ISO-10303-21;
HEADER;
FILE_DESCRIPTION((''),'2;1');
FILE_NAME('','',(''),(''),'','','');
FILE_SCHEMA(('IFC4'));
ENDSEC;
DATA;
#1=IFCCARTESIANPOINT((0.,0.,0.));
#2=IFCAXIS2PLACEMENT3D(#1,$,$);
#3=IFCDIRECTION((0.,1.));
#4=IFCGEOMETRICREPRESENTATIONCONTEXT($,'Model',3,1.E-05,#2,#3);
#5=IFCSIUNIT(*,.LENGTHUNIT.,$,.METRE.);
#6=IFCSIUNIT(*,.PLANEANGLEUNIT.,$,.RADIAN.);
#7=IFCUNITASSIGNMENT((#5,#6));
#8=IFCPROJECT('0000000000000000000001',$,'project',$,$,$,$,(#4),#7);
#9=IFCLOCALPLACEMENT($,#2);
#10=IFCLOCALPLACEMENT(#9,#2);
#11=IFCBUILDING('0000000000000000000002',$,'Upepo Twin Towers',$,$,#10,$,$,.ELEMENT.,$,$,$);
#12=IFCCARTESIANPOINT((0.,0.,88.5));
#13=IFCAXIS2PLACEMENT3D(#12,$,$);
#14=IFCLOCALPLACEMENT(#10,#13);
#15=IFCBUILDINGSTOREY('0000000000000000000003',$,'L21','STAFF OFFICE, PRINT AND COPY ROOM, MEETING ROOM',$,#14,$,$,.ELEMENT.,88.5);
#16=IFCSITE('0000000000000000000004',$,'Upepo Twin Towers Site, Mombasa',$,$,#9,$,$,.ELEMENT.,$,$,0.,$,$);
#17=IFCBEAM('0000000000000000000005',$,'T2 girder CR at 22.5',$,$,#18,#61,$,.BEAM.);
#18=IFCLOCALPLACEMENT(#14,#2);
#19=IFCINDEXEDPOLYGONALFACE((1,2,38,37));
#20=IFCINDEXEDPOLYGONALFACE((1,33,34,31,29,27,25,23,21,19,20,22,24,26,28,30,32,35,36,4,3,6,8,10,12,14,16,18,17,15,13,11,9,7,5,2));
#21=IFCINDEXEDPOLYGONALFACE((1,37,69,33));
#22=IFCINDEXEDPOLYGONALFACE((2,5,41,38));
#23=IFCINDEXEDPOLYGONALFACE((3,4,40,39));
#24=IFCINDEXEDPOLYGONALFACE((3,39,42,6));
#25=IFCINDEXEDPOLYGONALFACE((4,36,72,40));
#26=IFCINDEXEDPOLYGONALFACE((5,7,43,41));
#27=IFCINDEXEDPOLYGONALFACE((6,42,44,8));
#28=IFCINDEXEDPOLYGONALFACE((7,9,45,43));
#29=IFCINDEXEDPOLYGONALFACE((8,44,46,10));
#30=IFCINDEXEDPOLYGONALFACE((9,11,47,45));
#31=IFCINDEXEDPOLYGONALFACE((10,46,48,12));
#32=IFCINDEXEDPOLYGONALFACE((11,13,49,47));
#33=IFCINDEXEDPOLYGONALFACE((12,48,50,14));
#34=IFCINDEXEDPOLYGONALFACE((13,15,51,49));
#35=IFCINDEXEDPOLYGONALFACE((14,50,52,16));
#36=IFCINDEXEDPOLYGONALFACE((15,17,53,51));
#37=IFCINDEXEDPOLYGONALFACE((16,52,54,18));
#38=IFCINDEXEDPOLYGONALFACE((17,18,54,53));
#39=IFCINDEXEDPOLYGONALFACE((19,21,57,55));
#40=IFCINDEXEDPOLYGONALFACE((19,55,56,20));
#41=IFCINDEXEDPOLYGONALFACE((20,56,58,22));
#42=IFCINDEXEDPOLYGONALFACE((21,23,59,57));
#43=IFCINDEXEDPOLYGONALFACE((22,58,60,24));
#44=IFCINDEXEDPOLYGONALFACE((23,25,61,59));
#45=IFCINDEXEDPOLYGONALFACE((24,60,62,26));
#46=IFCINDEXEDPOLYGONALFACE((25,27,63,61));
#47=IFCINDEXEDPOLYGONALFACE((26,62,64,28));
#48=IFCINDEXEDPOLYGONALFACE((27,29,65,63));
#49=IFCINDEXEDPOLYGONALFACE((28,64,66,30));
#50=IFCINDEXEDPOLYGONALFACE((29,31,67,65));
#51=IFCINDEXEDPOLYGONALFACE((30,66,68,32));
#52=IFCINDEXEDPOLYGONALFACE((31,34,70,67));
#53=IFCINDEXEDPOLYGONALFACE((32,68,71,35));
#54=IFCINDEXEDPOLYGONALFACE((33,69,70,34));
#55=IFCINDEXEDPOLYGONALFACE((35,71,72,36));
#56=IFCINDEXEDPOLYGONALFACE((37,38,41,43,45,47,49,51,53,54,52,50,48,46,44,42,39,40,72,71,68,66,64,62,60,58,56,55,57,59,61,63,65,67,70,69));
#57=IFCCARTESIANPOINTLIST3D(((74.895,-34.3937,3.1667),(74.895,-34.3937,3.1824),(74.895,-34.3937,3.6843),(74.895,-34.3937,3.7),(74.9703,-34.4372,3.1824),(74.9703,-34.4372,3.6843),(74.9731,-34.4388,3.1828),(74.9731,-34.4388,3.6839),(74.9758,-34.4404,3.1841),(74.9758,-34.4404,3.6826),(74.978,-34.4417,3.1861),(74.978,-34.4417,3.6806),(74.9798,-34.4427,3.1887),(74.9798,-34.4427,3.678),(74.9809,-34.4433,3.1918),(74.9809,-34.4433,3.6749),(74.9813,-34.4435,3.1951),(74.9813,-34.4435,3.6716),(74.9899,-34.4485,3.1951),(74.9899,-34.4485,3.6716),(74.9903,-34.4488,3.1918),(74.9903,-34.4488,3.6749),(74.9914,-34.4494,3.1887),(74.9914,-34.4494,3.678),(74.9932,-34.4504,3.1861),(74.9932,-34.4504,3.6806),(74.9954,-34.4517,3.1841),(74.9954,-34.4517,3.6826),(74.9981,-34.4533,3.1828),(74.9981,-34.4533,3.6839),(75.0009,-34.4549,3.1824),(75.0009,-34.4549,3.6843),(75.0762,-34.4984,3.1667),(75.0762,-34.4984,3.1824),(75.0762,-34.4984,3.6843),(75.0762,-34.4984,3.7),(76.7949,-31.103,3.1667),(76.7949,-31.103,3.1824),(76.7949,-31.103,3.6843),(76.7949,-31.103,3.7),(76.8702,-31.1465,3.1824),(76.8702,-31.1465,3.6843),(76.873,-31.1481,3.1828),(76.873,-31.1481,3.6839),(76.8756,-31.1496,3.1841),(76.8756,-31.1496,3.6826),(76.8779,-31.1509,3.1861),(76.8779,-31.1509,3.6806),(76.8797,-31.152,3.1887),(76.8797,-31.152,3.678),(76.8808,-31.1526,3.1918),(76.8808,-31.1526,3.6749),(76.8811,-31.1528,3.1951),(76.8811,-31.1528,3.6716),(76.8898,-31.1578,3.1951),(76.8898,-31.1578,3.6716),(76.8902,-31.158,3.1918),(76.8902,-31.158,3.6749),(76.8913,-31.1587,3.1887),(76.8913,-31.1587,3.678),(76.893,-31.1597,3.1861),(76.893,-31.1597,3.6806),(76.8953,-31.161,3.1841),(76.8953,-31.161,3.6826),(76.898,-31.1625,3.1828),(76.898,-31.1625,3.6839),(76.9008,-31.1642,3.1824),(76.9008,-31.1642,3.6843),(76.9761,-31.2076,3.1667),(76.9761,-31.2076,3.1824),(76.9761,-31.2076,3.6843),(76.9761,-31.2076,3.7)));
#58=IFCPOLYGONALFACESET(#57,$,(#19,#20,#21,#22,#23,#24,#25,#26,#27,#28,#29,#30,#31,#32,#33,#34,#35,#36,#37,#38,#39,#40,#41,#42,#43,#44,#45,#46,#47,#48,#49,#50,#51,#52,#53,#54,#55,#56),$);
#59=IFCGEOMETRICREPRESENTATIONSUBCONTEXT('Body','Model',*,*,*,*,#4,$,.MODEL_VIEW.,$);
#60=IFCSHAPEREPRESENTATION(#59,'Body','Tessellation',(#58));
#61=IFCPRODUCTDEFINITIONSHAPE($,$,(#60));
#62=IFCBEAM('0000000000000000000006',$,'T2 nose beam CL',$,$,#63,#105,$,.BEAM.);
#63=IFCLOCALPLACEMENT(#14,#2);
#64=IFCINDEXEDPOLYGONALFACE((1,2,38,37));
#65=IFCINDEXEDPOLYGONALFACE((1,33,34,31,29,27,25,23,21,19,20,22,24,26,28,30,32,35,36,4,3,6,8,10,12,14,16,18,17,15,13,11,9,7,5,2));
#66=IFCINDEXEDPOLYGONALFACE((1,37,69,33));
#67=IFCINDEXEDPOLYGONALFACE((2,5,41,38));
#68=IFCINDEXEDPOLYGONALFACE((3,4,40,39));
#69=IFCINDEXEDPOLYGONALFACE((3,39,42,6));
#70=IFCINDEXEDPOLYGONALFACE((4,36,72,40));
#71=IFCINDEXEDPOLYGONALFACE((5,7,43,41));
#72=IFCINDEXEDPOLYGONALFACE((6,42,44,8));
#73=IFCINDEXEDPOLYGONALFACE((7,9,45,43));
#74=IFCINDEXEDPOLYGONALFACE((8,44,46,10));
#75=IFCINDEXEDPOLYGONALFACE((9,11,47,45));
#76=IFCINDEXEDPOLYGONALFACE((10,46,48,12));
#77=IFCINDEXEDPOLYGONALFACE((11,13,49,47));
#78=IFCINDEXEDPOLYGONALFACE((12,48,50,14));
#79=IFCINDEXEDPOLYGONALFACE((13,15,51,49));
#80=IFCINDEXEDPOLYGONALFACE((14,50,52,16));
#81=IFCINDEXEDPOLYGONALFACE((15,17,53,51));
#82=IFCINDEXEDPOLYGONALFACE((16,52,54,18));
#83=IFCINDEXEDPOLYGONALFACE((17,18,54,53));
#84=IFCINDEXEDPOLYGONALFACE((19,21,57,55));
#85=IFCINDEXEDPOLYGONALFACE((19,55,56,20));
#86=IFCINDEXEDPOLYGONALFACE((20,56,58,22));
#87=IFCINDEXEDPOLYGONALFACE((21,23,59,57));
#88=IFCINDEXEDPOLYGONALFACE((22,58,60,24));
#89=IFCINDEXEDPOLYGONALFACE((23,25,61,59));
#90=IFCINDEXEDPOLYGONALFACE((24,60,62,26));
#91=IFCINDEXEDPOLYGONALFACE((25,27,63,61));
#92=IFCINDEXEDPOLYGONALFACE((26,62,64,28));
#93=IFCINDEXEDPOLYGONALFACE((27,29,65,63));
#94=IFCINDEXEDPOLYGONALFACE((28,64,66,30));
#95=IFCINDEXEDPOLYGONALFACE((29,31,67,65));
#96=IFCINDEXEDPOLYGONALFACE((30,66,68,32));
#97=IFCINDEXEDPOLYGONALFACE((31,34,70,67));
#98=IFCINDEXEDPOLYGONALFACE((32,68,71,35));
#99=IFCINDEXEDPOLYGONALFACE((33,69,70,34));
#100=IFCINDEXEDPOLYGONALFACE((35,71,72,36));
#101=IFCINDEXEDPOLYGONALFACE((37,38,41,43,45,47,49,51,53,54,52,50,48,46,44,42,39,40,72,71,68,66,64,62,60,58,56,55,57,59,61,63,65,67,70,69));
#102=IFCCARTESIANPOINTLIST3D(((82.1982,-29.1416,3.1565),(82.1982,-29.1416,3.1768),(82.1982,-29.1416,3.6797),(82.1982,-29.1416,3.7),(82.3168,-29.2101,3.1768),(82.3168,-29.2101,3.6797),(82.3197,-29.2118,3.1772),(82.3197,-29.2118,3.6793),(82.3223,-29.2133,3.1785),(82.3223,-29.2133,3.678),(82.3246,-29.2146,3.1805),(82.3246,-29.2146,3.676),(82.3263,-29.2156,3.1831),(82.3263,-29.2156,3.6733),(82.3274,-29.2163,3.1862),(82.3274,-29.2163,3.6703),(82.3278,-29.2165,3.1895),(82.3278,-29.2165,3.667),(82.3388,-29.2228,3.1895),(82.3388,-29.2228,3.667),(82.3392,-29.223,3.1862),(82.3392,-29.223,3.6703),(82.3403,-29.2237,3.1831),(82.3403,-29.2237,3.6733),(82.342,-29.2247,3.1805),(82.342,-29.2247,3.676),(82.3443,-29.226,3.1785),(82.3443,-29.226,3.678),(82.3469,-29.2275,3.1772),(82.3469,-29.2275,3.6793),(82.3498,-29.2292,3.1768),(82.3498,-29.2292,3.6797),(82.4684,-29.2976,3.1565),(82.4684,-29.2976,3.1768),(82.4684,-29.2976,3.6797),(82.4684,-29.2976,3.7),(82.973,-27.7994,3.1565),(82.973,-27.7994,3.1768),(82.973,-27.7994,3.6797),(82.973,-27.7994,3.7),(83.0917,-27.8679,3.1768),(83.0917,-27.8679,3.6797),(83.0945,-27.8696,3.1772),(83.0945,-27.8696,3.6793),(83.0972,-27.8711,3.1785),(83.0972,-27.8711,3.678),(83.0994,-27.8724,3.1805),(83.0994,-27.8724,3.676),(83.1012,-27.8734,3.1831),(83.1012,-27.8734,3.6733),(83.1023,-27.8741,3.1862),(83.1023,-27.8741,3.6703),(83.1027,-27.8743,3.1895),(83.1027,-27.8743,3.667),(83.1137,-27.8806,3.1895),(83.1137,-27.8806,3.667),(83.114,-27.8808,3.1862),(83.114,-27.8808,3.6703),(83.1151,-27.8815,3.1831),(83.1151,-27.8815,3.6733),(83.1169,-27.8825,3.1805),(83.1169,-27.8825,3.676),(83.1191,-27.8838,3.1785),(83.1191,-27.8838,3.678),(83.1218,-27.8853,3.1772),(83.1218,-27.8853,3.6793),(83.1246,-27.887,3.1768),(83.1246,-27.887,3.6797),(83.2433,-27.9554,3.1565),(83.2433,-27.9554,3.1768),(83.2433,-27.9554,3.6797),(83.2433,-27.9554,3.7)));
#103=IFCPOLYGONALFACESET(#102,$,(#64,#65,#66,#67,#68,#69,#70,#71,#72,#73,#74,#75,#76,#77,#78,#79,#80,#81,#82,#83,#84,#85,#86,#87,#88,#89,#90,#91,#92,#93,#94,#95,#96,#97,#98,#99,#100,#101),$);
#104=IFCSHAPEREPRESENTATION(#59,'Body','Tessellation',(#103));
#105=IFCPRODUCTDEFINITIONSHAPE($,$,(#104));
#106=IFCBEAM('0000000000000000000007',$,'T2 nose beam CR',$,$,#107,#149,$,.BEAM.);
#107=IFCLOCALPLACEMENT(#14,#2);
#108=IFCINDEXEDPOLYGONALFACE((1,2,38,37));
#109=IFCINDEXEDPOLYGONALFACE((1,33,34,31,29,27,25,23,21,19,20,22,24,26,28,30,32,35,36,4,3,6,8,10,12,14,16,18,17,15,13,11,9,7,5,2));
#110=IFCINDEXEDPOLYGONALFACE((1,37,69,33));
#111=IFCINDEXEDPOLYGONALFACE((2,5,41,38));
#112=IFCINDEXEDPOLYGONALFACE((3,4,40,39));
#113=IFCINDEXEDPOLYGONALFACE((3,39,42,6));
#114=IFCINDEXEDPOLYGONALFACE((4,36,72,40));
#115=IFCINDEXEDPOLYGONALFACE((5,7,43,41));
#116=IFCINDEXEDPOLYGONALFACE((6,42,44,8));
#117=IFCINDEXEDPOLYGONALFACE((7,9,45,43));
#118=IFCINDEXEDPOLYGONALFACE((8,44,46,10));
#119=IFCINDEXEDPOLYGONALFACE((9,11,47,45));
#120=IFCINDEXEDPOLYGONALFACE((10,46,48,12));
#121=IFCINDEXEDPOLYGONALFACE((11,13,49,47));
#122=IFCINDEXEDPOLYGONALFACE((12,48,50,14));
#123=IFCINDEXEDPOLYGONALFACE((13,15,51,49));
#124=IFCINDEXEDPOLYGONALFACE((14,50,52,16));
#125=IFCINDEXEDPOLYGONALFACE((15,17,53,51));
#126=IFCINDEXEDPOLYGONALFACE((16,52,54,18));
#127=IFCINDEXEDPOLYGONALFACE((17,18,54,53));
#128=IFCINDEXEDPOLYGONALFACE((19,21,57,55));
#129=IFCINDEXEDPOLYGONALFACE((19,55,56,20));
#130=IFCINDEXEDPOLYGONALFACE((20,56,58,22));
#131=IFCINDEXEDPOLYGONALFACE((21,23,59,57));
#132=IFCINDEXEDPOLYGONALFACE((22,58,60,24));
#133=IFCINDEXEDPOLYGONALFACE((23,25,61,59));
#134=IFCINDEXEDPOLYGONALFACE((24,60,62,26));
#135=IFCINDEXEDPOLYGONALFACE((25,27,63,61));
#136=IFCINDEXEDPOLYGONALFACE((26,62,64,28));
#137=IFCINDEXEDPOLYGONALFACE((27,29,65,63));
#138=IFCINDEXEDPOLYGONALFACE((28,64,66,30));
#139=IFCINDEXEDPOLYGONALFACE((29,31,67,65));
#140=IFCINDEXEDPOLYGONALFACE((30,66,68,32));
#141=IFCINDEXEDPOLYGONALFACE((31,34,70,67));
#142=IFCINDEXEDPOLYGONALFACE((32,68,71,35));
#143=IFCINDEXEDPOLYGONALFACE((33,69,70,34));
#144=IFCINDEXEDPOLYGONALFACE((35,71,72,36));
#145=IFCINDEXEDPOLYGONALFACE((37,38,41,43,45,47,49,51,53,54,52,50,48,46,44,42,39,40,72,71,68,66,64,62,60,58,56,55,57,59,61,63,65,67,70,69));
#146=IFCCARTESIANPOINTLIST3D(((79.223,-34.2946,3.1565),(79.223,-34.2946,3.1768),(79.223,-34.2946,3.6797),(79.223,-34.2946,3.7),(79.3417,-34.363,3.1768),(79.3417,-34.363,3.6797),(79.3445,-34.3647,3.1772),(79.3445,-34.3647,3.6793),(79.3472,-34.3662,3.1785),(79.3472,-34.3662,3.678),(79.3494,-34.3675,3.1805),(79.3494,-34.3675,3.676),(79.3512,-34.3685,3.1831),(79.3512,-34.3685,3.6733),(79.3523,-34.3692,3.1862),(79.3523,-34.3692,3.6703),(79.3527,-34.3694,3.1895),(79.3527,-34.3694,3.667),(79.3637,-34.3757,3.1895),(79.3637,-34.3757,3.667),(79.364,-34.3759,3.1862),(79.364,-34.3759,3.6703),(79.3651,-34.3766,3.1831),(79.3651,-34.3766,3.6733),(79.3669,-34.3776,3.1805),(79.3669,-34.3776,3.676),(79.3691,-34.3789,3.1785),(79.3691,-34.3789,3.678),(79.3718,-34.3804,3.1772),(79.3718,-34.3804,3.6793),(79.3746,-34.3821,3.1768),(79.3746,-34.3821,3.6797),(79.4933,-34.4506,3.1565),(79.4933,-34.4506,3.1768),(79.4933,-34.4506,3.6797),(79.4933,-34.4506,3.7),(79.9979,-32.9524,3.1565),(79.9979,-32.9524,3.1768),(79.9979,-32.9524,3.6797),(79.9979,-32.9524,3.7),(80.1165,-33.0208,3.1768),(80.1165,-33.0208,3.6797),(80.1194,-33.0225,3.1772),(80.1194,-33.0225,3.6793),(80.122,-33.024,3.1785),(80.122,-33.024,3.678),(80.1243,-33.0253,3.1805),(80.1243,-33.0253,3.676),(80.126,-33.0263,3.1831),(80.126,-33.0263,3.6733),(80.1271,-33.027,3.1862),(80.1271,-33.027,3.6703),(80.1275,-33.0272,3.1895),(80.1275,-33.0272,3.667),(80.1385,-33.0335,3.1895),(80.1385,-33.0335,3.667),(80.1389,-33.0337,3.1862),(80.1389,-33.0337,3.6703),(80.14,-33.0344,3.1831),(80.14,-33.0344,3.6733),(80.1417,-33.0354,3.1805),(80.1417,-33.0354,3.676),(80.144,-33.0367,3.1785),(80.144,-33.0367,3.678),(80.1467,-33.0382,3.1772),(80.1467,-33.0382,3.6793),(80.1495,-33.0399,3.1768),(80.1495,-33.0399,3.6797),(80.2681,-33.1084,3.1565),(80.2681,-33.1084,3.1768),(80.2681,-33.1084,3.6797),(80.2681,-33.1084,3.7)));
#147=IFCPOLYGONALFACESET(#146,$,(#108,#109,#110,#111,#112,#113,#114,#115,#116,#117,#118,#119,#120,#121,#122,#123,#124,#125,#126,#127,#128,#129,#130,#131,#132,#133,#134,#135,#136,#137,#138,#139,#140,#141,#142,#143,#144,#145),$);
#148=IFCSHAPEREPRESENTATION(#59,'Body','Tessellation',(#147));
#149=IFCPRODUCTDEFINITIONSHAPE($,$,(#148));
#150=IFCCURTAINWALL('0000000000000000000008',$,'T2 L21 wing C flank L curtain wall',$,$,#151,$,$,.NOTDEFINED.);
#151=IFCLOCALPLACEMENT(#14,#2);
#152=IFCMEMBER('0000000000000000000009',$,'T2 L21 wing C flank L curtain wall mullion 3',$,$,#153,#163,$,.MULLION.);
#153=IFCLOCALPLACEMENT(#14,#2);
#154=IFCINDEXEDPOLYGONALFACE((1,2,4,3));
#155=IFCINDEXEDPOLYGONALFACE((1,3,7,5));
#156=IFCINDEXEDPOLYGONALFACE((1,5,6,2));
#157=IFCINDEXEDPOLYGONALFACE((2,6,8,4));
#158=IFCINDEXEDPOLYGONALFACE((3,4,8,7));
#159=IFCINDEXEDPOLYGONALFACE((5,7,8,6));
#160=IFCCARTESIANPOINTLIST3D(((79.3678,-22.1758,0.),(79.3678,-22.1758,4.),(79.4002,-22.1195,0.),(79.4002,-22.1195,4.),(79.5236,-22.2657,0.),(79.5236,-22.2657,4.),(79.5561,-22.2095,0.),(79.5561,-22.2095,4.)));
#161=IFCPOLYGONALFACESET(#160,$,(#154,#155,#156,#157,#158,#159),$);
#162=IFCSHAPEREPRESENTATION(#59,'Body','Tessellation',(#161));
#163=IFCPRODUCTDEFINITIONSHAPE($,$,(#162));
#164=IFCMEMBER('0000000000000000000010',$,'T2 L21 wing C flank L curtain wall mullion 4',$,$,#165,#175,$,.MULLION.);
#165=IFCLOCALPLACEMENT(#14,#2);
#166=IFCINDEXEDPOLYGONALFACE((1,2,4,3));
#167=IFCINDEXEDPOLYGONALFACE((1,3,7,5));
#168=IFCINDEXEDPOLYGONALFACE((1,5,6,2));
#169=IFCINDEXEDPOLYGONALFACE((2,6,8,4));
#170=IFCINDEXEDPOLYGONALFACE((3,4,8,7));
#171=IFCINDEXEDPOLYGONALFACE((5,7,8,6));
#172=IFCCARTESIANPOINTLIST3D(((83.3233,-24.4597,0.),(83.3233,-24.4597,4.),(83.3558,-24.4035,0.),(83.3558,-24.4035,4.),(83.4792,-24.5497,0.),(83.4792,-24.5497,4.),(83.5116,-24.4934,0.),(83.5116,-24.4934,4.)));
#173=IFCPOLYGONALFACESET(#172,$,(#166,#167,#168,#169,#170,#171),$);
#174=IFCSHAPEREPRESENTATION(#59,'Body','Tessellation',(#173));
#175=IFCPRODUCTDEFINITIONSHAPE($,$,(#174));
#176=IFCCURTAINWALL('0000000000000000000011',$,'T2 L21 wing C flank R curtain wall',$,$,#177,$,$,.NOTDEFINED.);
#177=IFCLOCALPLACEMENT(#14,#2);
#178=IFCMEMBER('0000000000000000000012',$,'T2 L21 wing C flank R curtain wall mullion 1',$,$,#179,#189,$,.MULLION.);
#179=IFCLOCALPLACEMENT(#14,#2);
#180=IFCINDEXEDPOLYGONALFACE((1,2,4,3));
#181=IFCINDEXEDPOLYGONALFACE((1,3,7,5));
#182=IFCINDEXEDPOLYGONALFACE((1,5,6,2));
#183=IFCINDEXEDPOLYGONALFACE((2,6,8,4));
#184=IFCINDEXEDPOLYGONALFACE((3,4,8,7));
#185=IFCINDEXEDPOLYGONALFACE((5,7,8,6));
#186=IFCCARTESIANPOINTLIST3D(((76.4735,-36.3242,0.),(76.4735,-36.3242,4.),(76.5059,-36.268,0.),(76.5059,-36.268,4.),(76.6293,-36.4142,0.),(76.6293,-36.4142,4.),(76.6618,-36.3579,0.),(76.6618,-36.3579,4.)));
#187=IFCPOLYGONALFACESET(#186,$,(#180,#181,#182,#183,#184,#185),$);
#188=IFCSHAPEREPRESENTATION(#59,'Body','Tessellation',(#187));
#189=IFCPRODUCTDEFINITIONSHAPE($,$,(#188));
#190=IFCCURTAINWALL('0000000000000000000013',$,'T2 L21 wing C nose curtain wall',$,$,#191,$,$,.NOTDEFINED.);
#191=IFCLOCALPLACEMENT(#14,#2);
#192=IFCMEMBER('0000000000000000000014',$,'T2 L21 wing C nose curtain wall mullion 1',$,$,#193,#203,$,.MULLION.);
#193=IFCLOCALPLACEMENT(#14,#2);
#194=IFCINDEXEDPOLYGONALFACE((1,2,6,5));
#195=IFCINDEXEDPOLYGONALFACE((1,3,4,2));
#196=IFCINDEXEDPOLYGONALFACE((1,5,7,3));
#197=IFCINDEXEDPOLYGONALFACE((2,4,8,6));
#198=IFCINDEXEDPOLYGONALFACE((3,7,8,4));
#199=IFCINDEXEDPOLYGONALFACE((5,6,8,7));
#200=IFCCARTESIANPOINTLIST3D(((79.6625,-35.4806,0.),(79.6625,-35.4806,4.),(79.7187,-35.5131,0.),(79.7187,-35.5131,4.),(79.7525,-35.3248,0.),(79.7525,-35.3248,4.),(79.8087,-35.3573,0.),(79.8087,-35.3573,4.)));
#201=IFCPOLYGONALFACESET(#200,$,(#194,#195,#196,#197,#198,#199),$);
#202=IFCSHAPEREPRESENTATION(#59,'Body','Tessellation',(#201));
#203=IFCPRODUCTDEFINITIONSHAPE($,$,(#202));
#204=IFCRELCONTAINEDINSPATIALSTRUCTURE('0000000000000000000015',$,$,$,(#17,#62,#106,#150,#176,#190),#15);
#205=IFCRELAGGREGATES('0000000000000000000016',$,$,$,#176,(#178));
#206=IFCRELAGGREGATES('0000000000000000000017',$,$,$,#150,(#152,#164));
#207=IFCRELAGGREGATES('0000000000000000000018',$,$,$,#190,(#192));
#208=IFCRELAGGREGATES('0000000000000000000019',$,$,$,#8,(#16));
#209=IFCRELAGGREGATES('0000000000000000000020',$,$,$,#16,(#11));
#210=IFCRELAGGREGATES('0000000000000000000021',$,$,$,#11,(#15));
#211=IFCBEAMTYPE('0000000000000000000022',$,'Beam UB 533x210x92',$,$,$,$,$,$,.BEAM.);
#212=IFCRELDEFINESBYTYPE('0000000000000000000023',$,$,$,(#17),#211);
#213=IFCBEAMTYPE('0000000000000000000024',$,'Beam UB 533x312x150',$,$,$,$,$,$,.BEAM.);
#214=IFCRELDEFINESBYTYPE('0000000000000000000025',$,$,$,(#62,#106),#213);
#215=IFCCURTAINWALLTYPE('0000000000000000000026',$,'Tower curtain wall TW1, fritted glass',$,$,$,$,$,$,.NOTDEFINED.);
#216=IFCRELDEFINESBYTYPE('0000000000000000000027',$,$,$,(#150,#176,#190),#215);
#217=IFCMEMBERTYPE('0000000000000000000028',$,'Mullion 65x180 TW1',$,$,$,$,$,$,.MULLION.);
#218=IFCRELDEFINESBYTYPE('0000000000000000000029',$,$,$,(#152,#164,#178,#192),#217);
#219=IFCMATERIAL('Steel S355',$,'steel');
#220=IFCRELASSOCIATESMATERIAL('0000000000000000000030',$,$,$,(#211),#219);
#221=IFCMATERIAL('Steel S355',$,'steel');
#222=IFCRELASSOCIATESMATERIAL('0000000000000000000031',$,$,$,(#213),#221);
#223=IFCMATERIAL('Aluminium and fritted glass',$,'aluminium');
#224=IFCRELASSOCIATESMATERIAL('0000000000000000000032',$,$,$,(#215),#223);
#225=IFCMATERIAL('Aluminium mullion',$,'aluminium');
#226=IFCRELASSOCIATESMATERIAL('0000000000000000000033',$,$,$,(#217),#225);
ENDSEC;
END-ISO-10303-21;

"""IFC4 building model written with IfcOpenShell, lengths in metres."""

from ifc_helpers import new_model, si_unit, direction, frame, origin, origin_2d, place, context, subcontext, project, spatial, rectangle, i_section, extrude, material, material_profile, profile_set, type_object, element, aggregate, save


model = new_model("IFC4")

# Units and contexts
model_context = context("Model", 3, precision=1e-05, world=origin(), true_north=direction((0.0, 1.0)))
body_context = subcontext(model_context, "Body", "Model", "MODEL_VIEW")
ifc_project = project(units=[si_unit("LENGTHUNIT", "METRE"), si_unit("PLANEANGLEUNIT", "RADIAN")], contexts=[model_context])

# Site, building, storey
site_placement = place(None, origin())
site = spatial("IfcSite", under=ifc_project, at=site_placement, Name="Upepo Twin Towers Site, Mombasa", CompositionType="ELEMENT", RefElevation=0.0)
building_placement = place(site_placement, origin())
building = spatial("IfcBuilding", under=site, at=building_placement, Name="Upepo Twin Towers", CompositionType="ELEMENT")
storey_placement = place(building_placement, frame((0.0, 0.0, 88.5)))
storey = spatial("IfcBuildingStorey", under=building, at=storey_placement, Name="L21", Description="STAFF OFFICE, PRINT AND COPY ROOM, MEETING ROOM", CompositionType="ELEMENT", Elevation=88.5)

# Beams
ifc_material_1 = material(Name="Steel S355", Category="steel")
ifc_material_profile_1 = material_profile(ifc_material_1, i_section(OverallWidth=0.2092, OverallDepth=0.5332, WebThickness=0.01, FlangeThickness=0.0156, FilletRadius=0.0127, at=origin_2d()), Name="UB 533x210x92")
ifc_profile_set_1 = profile_set([ifc_material_profile_1], Name="Steel S355")
beam_type_1 = type_object("IfcBeamType", Name="Beam UB 533x210x92", PredefinedType="BEAM", material=ifc_profile_set_1)
for number, where, z_axis, x_axis, name in (
    (1, (74.9856, -34.446, 3.4333), (0.499995, 0.866028, 0.0), (-0.866028, 0.499995, 0.0), "T2 girder CR at 22.5"),
):
    element("IfcBeam", number, at=place(storey_placement, frame(where, z_axis=z_axis, x_axis=x_axis)), inside=storey, type_object=beam_type_1, Name=name, PredefinedType="BEAM", context=body_context, shape_type="SweptSolid", body=[
        extrude(i_section(OverallWidth=0.2092, OverallDepth=0.5332, WebThickness=0.01, FlangeThickness=0.0156, FilletRadius=0.0127, at=origin_2d()), origin(), (0.0, 0.0, 1.0), 3.7998),
    ])
ifc_material_2 = material(Name="Steel S355", Category="steel")
ifc_material_profile_2 = material_profile(ifc_material_2, i_section(OverallWidth=0.312, OverallDepth=0.5435, WebThickness=0.0127, FlangeThickness=0.0203, FilletRadius=0.0127, at=origin_2d()), Name="UB 533x312x150")
ifc_profile_set_2 = profile_set([ifc_material_profile_2], Name="Steel S355")
beam_type_2 = type_object("IfcBeamType", Name="Beam UB 533x312x150", PredefinedType="BEAM", material=ifc_profile_set_2)
for number, where, z_axis, x_axis, name in (
    (2, (83.1082, -27.8774, 3.4282), (-0.499968, -0.866044, 0.0), (0.866044, -0.499968, 0.0), "T2 nose beam CL"),
    (3, (79.3582, -34.3726, 3.4282), (0.499968, 0.866044, 0.0), (-0.866044, 0.499968, 0.0), "T2 nose beam CR"),
):
    element("IfcBeam", number, at=place(storey_placement, frame(where, z_axis=z_axis, x_axis=x_axis)), inside=storey, type_object=beam_type_2, Name=name, PredefinedType="BEAM", context=body_context, shape_type="SweptSolid", body=[
        extrude(i_section(OverallWidth=0.312, OverallDepth=0.5435, WebThickness=0.0127, FlangeThickness=0.0203, FilletRadius=0.0127, at=origin_2d()), origin(), (0.0, 0.0, 1.0), 1.5498),
    ])

# Curtain wall, members
ifc_material_3 = material(Name="Aluminium and fritted glass", Category="aluminium")
curtain_wall_type = type_object("IfcCurtainWallType", Name="Tower curtain wall TW1, fritted glass", PredefinedType="NOTDEFINED", material=ifc_material_3)
curtain_wall_1_placement = place(storey_placement, origin())
curtain_wall_1 = element("IfcCurtainWall", 4, at=curtain_wall_1_placement, inside=storey, type_object=curtain_wall_type, Name="T2 L21 wing C flank L curtain wall", PredefinedType="NOTDEFINED")
ifc_material_4 = material(Name="Aluminium mullion", Category="aluminium")
ifc_material_profile_3 = material_profile(ifc_material_4, rectangle(XDim=0.0649, YDim=0.1799, at=origin_2d()), Name="MULLION 65x180")
ifc_profile_set_3 = profile_set([ifc_material_profile_3], Name="Aluminium mullion")
member_type_1 = type_object("IfcMemberType", Name="Mullion 65x180 TW1", PredefinedType="MULLION", material=ifc_profile_set_3)
member_1_placement = place(storey_placement, frame((79.4619, -22.1926, 0.0), z_axis=(0.0, 0.0, 1.0), x_axis=(0.5, 0.866025, 0.0)))
member_1 = element("IfcMember", 5, at=member_1_placement, type_object=member_type_1, Name="T2 L21 wing C flank L curtain wall mullion 3", PredefinedType="MULLION", context=body_context, shape_type="SweptSolid", body=[
    extrude(rectangle(XDim=0.0649, YDim=0.1799, at=origin_2d()), origin(), (0.0, 0.0, 1.0), 4.0),
])
member_2_placement = place(storey_placement, frame((83.4175, -24.4766, 0.0), z_axis=(0.0, 0.0, 1.0), x_axis=(0.5, 0.866025, 0.0)))
member_2 = element("IfcMember", 6, at=member_2_placement, type_object=member_type_1, Name="T2 L21 wing C flank L curtain wall mullion 4", PredefinedType="MULLION", context=body_context, shape_type="SweptSolid", body=[
    extrude(rectangle(XDim=0.0649, YDim=0.1799, at=origin_2d()), origin(), (0.0, 0.0, 1.0), 4.0),
])

# Curtain wall, member
curtain_wall_2_placement = place(storey_placement, origin())
curtain_wall_2 = element("IfcCurtainWall", 7, at=curtain_wall_2_placement, inside=storey, type_object=curtain_wall_type, Name="T2 L21 wing C flank R curtain wall", PredefinedType="NOTDEFINED")
member_3_placement = place(storey_placement, frame((76.5676, -36.3411, 0.0), z_axis=(0.0, 0.0, 1.0), x_axis=(-0.5, -0.866025, 0.0)))
member_3 = element("IfcMember", 8, at=member_3_placement, type_object=member_type_1, Name="T2 L21 wing C flank R curtain wall mullion 1", PredefinedType="MULLION", context=body_context, shape_type="SweptSolid", body=[
    extrude(rectangle(XDim=0.0649, YDim=0.1799, at=origin_2d()), origin(), (0.0, 0.0, 1.0), 4.0),
])

# Curtain wall, member
curtain_wall_3_placement = place(storey_placement, origin())
curtain_wall_3 = element("IfcCurtainWall", 9, at=curtain_wall_3_placement, inside=storey, type_object=curtain_wall_type, Name="T2 L21 wing C nose curtain wall", PredefinedType="NOTDEFINED")
member_4_placement = place(storey_placement, frame((79.7356, -35.4189, 0.0), z_axis=(0.0, 0.0, 1.0), x_axis=(-0.866025, 0.5, 0.0)))
member_4 = element("IfcMember", 10, at=member_4_placement, type_object=member_type_1, Name="T2 L21 wing C nose curtain wall mullion 1", PredefinedType="MULLION", context=body_context, shape_type="SweptSolid", body=[
    extrude(rectangle(XDim=0.0649, YDim=0.1799, at=origin_2d()), origin(), (0.0, 0.0, 1.0), 4.0),
])

aggregate(curtain_wall_2, [member_3])

aggregate(curtain_wall_1, [member_1, member_2])
aggregate(curtain_wall_3, [member_4])

save(model, "model.ifc")
